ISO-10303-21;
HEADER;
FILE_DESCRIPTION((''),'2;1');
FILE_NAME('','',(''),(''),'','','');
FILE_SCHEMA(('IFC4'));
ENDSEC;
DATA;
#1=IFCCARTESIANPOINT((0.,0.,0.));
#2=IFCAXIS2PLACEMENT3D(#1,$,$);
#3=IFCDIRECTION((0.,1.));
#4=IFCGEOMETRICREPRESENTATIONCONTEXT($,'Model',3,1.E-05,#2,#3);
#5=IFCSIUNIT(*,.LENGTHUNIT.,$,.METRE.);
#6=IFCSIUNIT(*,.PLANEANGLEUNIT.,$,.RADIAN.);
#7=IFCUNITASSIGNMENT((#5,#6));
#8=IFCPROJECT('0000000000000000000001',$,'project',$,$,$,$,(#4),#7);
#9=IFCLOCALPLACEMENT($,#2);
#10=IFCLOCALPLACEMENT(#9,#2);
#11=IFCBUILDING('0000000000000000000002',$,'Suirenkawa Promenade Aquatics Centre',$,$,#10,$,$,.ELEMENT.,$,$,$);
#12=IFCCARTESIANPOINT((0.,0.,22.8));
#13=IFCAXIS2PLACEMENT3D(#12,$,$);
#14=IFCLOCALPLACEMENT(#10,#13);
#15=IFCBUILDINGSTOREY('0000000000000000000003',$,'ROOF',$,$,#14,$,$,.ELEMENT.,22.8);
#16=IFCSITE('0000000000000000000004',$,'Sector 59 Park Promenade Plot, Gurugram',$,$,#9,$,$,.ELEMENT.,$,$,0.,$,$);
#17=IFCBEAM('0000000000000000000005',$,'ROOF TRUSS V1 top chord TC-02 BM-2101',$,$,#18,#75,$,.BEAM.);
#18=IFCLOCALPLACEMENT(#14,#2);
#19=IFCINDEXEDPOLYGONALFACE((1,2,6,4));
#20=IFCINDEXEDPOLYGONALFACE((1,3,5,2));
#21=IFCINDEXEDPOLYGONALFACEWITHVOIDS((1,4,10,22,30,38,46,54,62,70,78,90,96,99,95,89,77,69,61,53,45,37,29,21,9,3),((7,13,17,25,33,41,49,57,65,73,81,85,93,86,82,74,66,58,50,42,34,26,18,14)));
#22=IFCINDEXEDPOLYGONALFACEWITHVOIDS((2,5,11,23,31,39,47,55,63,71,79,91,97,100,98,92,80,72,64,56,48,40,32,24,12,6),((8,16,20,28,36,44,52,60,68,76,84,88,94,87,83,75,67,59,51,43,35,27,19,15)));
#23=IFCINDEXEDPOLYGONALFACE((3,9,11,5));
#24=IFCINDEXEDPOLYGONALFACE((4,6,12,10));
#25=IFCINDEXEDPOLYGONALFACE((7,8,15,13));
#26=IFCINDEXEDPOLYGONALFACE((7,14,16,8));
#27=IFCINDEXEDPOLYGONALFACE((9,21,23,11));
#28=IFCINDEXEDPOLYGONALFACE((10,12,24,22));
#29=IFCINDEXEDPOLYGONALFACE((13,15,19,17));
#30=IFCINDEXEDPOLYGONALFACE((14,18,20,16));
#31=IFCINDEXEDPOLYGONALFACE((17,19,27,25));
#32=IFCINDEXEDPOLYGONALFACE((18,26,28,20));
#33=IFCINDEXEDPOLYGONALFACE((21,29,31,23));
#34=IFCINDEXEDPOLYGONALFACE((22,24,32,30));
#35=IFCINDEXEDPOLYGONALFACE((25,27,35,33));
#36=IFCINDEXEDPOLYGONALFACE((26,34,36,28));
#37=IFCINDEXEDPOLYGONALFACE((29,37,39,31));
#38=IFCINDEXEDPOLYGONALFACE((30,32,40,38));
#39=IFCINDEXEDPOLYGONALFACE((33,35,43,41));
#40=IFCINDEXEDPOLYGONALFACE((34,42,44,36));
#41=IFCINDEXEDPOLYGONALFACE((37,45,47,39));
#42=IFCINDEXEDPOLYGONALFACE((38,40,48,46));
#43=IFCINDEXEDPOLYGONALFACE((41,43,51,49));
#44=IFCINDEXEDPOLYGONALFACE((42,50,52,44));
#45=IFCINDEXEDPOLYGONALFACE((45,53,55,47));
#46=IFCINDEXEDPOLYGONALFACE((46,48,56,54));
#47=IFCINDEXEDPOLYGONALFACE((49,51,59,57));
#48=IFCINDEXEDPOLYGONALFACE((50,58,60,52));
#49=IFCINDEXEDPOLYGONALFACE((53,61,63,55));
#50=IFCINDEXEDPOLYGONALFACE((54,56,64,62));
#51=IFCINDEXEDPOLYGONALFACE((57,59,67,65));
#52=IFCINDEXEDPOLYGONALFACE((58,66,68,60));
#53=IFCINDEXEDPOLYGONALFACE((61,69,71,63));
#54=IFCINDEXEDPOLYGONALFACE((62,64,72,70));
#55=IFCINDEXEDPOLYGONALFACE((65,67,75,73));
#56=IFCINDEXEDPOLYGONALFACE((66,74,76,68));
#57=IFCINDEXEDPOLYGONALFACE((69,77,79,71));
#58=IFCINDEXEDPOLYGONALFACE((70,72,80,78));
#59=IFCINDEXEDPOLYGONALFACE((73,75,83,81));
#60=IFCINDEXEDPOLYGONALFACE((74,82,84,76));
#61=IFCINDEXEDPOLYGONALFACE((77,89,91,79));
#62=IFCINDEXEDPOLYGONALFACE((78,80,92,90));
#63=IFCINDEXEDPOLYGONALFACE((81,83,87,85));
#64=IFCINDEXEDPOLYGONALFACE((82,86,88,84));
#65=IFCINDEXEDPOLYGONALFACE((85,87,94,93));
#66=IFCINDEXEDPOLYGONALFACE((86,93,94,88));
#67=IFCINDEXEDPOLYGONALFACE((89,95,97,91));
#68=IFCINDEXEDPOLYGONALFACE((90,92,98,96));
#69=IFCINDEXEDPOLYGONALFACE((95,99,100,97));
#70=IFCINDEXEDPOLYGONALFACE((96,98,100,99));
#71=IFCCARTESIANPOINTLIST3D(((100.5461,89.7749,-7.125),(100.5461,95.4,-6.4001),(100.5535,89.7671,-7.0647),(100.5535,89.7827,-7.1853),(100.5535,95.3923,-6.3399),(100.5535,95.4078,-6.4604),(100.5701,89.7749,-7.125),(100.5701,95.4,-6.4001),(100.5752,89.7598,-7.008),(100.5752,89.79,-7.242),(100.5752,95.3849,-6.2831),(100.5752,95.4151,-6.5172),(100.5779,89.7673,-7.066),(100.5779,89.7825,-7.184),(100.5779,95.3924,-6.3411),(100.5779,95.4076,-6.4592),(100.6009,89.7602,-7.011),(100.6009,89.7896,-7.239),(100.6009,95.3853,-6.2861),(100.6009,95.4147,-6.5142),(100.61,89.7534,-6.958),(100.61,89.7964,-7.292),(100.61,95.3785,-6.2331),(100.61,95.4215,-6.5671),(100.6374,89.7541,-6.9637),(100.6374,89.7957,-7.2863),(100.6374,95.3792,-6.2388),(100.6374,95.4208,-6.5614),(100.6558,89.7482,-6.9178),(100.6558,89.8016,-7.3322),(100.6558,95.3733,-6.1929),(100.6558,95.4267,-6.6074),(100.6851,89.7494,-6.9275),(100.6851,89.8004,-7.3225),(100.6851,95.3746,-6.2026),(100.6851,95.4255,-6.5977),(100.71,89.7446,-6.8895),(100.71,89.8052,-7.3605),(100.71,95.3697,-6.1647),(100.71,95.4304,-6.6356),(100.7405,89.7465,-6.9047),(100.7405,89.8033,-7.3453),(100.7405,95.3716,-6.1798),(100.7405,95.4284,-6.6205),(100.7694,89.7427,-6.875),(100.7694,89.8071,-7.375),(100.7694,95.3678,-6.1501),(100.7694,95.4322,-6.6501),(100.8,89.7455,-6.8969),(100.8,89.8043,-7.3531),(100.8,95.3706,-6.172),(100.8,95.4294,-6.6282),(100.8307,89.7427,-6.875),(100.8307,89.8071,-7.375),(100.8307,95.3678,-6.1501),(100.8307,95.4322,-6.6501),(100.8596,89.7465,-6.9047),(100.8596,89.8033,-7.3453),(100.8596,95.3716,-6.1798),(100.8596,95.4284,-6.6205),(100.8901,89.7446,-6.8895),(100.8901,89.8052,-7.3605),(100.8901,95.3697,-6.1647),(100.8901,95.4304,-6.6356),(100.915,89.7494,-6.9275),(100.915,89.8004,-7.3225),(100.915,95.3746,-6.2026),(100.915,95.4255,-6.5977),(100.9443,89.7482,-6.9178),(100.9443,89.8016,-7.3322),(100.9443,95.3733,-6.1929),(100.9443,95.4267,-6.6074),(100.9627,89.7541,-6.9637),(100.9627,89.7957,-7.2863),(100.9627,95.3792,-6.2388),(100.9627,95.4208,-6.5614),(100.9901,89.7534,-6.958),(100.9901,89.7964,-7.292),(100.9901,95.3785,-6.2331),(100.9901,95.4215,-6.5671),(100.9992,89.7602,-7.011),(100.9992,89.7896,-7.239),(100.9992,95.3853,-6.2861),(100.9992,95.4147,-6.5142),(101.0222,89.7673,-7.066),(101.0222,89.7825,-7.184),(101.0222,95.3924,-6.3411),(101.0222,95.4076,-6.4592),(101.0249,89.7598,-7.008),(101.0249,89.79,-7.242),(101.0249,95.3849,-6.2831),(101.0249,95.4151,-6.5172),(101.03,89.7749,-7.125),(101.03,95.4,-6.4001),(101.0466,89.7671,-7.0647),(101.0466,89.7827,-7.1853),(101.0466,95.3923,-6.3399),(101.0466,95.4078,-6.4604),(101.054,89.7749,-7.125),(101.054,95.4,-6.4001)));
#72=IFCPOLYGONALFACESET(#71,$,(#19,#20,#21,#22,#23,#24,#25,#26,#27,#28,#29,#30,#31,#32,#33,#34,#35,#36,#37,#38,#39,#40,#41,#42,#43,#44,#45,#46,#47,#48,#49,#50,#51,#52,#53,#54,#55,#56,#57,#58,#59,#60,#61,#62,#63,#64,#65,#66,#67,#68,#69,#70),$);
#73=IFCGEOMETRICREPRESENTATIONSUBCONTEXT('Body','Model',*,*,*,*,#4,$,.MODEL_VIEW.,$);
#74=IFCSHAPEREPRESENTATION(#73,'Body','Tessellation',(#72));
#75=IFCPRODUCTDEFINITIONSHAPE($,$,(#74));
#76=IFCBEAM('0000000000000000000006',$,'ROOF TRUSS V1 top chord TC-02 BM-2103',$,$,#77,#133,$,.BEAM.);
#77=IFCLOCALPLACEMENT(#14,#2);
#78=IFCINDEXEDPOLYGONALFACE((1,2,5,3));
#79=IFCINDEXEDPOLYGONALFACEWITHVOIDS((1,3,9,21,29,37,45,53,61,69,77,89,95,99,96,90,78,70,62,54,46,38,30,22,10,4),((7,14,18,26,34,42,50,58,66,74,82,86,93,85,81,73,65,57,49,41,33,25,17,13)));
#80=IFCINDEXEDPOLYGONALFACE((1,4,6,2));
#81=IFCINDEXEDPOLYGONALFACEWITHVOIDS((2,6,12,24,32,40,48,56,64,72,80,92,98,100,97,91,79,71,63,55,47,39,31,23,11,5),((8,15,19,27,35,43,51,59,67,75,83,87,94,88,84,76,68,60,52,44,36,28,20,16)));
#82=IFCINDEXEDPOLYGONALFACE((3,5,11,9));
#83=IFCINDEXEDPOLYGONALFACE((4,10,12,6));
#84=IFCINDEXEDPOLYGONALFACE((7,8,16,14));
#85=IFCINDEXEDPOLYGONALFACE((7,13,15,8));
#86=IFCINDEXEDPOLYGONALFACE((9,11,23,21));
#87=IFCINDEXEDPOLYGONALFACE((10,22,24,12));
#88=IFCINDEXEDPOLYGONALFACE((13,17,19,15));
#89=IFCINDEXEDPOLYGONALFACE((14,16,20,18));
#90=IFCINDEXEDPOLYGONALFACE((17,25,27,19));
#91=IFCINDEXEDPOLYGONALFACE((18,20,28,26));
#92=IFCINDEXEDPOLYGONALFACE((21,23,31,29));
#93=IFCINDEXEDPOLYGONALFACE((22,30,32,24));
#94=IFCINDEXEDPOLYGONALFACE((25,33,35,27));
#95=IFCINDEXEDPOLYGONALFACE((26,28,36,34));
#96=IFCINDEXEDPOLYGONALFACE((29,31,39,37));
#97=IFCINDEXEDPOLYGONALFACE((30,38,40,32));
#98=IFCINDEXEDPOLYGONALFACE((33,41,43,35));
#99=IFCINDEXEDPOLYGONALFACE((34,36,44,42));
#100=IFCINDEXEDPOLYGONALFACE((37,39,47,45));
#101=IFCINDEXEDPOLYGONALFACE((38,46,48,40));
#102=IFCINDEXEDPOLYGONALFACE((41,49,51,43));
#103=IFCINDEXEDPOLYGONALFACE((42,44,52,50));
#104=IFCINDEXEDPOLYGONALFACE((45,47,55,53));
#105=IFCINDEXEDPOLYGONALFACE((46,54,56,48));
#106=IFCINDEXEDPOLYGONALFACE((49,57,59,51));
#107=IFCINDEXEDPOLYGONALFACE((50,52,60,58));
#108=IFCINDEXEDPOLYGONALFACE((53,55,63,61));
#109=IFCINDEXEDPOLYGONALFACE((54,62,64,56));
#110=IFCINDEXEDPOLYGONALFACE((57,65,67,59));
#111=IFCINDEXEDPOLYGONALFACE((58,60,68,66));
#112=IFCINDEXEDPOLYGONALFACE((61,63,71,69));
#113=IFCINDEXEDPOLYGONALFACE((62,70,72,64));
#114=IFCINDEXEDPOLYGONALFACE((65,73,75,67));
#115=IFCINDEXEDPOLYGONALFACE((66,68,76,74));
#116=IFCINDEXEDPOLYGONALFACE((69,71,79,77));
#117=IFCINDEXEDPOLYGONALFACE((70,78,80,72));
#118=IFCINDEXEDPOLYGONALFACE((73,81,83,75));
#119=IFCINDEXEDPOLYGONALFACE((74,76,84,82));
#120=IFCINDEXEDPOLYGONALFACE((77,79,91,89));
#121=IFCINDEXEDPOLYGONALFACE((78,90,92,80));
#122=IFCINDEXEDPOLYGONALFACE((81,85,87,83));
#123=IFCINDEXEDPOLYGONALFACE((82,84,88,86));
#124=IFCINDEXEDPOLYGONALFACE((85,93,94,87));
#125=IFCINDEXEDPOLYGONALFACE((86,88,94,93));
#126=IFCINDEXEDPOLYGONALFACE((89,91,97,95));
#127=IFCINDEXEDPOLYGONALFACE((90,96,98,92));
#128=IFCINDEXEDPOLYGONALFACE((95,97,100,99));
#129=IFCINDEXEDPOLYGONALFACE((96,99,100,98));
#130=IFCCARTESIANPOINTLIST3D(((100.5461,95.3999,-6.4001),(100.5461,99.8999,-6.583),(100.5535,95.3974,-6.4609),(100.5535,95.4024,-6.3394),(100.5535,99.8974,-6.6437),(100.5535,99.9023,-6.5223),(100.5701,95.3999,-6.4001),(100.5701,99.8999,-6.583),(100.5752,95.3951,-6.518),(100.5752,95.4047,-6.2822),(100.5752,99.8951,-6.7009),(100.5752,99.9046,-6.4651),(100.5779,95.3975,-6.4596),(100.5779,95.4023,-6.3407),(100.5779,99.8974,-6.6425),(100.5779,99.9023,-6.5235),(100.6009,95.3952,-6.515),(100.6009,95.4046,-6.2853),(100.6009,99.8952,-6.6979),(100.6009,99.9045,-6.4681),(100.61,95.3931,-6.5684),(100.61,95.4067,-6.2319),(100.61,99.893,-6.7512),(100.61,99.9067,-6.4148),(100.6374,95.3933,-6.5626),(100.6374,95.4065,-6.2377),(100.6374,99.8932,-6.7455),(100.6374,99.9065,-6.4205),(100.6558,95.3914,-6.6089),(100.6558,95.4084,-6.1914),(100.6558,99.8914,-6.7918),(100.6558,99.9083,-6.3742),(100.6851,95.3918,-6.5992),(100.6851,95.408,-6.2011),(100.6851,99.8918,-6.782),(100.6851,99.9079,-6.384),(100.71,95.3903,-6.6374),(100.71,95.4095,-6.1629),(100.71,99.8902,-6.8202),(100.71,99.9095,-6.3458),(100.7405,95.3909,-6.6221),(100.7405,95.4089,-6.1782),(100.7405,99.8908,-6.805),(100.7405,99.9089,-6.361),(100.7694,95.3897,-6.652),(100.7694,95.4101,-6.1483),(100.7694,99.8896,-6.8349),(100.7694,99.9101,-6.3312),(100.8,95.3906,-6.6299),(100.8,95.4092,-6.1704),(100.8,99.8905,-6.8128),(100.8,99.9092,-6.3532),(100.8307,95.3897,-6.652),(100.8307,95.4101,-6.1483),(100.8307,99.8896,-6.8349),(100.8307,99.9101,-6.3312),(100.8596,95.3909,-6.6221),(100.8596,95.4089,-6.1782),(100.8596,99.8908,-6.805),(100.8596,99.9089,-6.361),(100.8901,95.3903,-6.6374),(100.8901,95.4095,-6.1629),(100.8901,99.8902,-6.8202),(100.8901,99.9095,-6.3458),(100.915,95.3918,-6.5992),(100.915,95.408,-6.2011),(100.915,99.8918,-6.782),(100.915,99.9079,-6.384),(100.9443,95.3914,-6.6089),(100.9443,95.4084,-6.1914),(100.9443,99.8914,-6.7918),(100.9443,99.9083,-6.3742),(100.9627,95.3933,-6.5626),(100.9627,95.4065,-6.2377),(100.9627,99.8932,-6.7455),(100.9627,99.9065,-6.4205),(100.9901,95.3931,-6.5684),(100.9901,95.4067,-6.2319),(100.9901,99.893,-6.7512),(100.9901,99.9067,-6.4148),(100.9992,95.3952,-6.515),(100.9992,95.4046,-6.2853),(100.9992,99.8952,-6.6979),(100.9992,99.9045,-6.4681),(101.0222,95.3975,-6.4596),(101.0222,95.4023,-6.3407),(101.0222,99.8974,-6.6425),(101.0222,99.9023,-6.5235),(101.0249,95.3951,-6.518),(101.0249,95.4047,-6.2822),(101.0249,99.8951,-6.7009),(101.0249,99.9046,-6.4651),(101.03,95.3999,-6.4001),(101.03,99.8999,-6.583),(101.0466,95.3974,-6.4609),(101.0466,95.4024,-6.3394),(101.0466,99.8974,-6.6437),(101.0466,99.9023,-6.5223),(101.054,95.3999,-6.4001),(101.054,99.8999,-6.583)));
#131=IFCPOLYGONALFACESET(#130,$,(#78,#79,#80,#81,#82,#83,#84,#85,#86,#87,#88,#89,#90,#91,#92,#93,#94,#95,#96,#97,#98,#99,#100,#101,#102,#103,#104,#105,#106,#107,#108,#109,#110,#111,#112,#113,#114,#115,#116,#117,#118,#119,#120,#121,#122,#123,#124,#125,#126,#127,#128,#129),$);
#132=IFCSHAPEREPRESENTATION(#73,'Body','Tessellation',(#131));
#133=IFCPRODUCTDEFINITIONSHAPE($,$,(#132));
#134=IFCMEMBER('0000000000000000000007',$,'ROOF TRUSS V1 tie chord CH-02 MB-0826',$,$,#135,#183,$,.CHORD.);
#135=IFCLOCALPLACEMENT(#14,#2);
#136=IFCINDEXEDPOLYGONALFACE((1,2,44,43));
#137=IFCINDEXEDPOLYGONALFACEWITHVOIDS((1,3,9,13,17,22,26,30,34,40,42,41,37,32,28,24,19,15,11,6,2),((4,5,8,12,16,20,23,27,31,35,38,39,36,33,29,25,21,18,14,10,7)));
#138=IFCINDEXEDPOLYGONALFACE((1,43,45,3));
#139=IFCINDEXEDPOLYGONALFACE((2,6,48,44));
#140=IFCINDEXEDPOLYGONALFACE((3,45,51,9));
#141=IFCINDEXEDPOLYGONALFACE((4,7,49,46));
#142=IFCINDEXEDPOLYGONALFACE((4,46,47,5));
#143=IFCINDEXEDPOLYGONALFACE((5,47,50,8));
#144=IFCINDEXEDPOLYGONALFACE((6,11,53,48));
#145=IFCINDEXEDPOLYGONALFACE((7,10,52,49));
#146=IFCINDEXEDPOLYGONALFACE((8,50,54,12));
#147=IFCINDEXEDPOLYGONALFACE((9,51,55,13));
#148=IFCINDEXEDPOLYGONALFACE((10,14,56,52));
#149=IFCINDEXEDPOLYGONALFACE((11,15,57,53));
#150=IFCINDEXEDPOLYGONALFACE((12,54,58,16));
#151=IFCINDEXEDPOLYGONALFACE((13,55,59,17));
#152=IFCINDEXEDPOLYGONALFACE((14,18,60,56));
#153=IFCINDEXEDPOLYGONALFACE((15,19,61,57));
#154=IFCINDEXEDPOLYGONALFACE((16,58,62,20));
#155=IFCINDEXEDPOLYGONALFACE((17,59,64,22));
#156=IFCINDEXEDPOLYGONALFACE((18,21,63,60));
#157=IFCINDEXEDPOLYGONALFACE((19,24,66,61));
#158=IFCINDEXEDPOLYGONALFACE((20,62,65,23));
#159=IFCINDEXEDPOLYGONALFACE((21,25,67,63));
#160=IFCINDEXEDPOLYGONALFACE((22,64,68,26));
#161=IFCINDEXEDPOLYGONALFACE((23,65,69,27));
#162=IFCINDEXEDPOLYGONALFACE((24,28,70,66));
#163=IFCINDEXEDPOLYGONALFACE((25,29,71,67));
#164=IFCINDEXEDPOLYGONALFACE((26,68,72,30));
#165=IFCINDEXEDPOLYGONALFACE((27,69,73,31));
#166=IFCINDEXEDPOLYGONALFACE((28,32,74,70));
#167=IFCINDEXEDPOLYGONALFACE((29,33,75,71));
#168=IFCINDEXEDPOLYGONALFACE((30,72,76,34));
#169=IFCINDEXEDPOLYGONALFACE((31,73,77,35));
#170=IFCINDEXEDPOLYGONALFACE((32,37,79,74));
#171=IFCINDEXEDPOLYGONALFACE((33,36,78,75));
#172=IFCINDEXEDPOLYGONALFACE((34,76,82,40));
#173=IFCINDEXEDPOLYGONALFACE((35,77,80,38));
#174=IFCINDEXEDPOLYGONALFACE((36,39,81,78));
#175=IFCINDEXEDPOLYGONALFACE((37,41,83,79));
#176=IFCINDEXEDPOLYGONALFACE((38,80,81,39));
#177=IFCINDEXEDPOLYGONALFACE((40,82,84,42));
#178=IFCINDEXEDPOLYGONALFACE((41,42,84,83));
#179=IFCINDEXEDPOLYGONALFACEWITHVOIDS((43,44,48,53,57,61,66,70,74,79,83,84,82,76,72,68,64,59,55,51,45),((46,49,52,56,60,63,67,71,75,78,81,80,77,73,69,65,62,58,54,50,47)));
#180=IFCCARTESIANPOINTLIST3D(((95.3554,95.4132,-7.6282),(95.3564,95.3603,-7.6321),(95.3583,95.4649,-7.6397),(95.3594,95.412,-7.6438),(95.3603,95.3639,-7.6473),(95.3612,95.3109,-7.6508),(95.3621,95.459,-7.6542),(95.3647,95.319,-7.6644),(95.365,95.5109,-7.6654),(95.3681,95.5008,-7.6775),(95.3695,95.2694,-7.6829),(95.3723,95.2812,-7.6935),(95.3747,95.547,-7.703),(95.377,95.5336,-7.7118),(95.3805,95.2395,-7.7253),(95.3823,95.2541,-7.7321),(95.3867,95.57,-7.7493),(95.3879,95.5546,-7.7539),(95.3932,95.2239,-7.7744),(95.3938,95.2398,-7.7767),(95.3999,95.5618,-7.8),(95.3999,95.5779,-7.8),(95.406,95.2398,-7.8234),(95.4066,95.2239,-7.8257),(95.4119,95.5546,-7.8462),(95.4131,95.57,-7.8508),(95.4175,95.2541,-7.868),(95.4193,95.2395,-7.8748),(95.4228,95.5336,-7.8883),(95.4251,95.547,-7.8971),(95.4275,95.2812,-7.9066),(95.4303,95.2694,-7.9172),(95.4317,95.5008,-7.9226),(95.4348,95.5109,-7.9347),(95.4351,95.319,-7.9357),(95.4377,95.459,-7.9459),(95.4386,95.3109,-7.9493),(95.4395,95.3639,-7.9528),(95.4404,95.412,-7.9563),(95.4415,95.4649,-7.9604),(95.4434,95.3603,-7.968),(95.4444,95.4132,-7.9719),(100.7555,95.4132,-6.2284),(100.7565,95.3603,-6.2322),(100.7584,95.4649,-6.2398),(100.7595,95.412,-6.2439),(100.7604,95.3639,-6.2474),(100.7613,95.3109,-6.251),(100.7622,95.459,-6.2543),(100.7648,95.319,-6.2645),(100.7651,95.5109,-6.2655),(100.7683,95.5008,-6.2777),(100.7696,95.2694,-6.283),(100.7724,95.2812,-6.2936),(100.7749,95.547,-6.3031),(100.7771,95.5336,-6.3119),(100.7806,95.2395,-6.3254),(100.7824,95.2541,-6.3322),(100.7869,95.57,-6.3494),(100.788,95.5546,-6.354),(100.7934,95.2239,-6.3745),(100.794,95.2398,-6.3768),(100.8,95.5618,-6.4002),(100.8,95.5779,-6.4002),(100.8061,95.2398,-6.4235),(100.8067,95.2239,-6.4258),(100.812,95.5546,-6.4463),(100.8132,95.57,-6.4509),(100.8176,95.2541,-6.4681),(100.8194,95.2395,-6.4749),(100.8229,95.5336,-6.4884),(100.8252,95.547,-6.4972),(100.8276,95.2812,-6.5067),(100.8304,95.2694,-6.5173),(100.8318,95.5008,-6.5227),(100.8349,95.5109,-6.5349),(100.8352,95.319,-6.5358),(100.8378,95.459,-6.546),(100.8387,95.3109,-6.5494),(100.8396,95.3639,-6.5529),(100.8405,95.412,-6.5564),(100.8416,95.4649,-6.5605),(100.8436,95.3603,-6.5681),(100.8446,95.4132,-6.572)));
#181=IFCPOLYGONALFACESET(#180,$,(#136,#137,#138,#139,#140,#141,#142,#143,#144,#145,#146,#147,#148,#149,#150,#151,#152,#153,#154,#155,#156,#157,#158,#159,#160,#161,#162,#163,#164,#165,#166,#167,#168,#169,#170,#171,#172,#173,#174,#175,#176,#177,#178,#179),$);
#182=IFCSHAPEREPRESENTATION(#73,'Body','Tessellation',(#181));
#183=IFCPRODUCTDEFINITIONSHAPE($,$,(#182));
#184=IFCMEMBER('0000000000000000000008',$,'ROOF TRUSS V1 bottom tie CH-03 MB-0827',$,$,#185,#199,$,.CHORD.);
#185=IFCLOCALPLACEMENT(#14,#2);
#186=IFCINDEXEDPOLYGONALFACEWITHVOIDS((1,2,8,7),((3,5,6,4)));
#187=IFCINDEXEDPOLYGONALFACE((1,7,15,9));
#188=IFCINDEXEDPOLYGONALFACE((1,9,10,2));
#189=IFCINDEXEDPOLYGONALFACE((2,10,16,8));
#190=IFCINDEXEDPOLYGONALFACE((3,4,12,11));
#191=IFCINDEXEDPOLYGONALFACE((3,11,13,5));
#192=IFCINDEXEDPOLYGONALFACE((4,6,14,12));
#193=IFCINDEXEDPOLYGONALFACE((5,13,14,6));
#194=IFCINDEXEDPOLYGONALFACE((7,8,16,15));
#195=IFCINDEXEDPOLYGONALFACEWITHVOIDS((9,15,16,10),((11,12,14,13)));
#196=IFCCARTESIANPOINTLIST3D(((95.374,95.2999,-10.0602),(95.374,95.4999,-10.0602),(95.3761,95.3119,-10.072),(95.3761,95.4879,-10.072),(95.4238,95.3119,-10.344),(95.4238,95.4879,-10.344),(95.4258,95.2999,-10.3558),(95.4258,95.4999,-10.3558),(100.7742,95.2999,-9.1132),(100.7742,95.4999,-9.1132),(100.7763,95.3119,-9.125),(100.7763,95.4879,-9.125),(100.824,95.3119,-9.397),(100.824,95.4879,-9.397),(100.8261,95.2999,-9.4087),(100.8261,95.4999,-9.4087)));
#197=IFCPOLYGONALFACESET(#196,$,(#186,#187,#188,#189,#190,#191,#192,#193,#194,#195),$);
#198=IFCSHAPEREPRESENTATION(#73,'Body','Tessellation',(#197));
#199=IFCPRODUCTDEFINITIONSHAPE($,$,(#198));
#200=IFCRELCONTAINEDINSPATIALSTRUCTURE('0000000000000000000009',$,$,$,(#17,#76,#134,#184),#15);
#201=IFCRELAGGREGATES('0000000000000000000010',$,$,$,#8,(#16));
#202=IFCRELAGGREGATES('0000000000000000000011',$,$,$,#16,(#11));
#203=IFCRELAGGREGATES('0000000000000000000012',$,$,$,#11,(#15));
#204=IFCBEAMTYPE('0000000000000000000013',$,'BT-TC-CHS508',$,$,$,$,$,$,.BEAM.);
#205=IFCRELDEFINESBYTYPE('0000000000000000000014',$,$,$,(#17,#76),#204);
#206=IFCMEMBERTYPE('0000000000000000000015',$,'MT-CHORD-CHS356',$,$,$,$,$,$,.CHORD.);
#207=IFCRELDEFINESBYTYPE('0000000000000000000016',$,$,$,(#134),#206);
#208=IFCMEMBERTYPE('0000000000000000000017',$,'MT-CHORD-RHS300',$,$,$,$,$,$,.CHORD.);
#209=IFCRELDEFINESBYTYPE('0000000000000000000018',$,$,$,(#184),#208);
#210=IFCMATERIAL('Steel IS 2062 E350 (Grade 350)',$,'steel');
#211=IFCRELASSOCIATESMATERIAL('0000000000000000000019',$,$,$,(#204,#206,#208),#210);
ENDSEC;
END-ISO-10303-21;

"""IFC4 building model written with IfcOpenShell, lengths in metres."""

from ifc_helpers import new_model, si_unit, direction, frame, origin, origin_2d, place, context, subcontext, project, spatial, hollow_rectangle, hollow_circle, extrude, material, material_profile, profile_set, type_object, element, save


model = new_model("IFC4")

# Units and contexts
model_context = context("Model", 3, precision=1e-05, world=origin(), true_north=direction((0.0, 1.0)))
body_context = subcontext(model_context, "Body", "Model", "MODEL_VIEW")
ifc_project = project(units=[si_unit("LENGTHUNIT", "METRE"), si_unit("PLANEANGLEUNIT", "RADIAN")], contexts=[model_context])

# Site, building, storey
site_placement = place(None, origin())
site = spatial("IfcSite", under=ifc_project, at=site_placement, Name="Sector 59 Park Promenade Plot, Gurugram", CompositionType="ELEMENT", RefElevation=0.0)
building_placement = place(site_placement, origin())
building = spatial("IfcBuilding", under=site, at=building_placement, Name="Suirenkawa Promenade Aquatics Centre", CompositionType="ELEMENT")
storey_placement = place(building_placement, frame((0.0, 0.0, 22.8)))
storey = spatial("IfcBuildingStorey", under=building, at=storey_placement, Name="ROOF", CompositionType="ELEMENT", Elevation=22.8)

# Beams
ifc_material = material(Name="Steel IS 2062 E350 (Grade 350)", Category="steel")
ifc_material_profile_1 = material_profile(ifc_material, hollow_circle(Radius=0.2539, WallThickness=0.0239, at=origin_2d()), Name="CHS 508x24", Category="steel")
ifc_profile_set_1 = profile_set([ifc_material_profile_1], Name="Steel IS 2062 E350 (Grade 350)")
beam_type_1 = type_object("IfcBeamType", Name="BT-TC-CHS508", PredefinedType="BEAM", material=ifc_profile_set_1)
beam_1_placement = place(storey_placement, frame((100.8, 89.7749, -7.125), z_axis=(0.0, 0.991799, 0.127806), x_axis=(-1.0, 0.0, 0.0)))
element("IfcBeam", 1, at=beam_1_placement, inside=storey, type_object=beam_type_1, Name="ROOF TRUSS V1 top chord TC-02 BM-2101", PredefinedType="BEAM", context=body_context, shape_type="SweptSolid", body=[
    extrude(hollow_circle(Radius=0.2539, WallThickness=0.0239, at=origin_2d()), origin(), (0.0, 0.0, 1.0), 5.6716),
])
beam_2_placement = place(storey_placement, frame((100.8, 95.3999, -6.4001), z_axis=(0.0, 0.999175, -0.040602), x_axis=(-1.0, 0.0, 0.0)))
element("IfcBeam", 2, at=beam_2_placement, inside=storey, type_object=beam_type_1, Name="ROOF TRUSS V1 top chord TC-02 BM-2103", PredefinedType="BEAM", context=body_context, shape_type="SweptSolid", body=[
    extrude(hollow_circle(Radius=0.2539, WallThickness=0.0239, at=origin_2d()), origin(), (0.0, 0.0, 1.0), 4.5037),
])

# Members
ifc_material_profile_2 = material_profile(ifc_material, hollow_circle(Radius=0.178, WallThickness=0.0161, at=origin_2d()), Name="CHS 356x16", Category="steel")
ifc_profile_set_2 = profile_set([ifc_material_profile_2], Name="Steel IS 2062 E350 (Grade 350)")
member_type_1 = type_object("IfcMemberType", Name="MT-CHORD-CHS356", PredefinedType="CHORD", material=ifc_profile_set_2)
member_1_placement = place(storey_placement, frame((95.3999, 95.3999, -7.8), z_axis=(0.968003, 0.0, 0.250939), x_axis=(0.0, 1.0, 0.0)))
element("IfcMember", 3, at=member_1_placement, inside=storey, type_object=member_type_1, Name="ROOF TRUSS V1 tie chord CH-02 MB-0826", PredefinedType="CHORD", context=body_context, shape_type="SweptSolid", body=[
    extrude(hollow_circle(Radius=0.178, WallThickness=0.0161, at=origin_2d()), origin(), (0.0, 0.0, 1.0), 5.5786),
])
ifc_material_profile_3 = material_profile(ifc_material, hollow_rectangle(XDim=0.2, YDim=0.3, WallThickness=0.012, at=origin_2d()), Name="RHS 300x200x12", Category="steel")
ifc_profile_set_3 = profile_set([ifc_material_profile_3], Name="Steel IS 2062 E350 (Grade 350)")
member_type_2 = type_object("IfcMemberType", Name="MT-CHORD-RHS300", PredefinedType="CHORD", material=ifc_profile_set_3)
member_2_placement = place(storey_placement, frame((95.3999, 95.3999, -10.208), z_axis=(0.984969, 0.0, 0.172734), x_axis=(0.0, 1.0, 0.0)))
element("IfcMember", 4, at=member_2_placement, inside=storey, type_object=member_type_2, Name="ROOF TRUSS V1 bottom tie CH-03 MB-0827", PredefinedType="CHORD", context=body_context, shape_type="SweptSolid", body=[
    extrude(hollow_rectangle(XDim=0.2, YDim=0.3, WallThickness=0.012, at=origin_2d()), origin(), (0.0, 0.0, 1.0), 5.4827),
])

save(model, "model.ifc")
